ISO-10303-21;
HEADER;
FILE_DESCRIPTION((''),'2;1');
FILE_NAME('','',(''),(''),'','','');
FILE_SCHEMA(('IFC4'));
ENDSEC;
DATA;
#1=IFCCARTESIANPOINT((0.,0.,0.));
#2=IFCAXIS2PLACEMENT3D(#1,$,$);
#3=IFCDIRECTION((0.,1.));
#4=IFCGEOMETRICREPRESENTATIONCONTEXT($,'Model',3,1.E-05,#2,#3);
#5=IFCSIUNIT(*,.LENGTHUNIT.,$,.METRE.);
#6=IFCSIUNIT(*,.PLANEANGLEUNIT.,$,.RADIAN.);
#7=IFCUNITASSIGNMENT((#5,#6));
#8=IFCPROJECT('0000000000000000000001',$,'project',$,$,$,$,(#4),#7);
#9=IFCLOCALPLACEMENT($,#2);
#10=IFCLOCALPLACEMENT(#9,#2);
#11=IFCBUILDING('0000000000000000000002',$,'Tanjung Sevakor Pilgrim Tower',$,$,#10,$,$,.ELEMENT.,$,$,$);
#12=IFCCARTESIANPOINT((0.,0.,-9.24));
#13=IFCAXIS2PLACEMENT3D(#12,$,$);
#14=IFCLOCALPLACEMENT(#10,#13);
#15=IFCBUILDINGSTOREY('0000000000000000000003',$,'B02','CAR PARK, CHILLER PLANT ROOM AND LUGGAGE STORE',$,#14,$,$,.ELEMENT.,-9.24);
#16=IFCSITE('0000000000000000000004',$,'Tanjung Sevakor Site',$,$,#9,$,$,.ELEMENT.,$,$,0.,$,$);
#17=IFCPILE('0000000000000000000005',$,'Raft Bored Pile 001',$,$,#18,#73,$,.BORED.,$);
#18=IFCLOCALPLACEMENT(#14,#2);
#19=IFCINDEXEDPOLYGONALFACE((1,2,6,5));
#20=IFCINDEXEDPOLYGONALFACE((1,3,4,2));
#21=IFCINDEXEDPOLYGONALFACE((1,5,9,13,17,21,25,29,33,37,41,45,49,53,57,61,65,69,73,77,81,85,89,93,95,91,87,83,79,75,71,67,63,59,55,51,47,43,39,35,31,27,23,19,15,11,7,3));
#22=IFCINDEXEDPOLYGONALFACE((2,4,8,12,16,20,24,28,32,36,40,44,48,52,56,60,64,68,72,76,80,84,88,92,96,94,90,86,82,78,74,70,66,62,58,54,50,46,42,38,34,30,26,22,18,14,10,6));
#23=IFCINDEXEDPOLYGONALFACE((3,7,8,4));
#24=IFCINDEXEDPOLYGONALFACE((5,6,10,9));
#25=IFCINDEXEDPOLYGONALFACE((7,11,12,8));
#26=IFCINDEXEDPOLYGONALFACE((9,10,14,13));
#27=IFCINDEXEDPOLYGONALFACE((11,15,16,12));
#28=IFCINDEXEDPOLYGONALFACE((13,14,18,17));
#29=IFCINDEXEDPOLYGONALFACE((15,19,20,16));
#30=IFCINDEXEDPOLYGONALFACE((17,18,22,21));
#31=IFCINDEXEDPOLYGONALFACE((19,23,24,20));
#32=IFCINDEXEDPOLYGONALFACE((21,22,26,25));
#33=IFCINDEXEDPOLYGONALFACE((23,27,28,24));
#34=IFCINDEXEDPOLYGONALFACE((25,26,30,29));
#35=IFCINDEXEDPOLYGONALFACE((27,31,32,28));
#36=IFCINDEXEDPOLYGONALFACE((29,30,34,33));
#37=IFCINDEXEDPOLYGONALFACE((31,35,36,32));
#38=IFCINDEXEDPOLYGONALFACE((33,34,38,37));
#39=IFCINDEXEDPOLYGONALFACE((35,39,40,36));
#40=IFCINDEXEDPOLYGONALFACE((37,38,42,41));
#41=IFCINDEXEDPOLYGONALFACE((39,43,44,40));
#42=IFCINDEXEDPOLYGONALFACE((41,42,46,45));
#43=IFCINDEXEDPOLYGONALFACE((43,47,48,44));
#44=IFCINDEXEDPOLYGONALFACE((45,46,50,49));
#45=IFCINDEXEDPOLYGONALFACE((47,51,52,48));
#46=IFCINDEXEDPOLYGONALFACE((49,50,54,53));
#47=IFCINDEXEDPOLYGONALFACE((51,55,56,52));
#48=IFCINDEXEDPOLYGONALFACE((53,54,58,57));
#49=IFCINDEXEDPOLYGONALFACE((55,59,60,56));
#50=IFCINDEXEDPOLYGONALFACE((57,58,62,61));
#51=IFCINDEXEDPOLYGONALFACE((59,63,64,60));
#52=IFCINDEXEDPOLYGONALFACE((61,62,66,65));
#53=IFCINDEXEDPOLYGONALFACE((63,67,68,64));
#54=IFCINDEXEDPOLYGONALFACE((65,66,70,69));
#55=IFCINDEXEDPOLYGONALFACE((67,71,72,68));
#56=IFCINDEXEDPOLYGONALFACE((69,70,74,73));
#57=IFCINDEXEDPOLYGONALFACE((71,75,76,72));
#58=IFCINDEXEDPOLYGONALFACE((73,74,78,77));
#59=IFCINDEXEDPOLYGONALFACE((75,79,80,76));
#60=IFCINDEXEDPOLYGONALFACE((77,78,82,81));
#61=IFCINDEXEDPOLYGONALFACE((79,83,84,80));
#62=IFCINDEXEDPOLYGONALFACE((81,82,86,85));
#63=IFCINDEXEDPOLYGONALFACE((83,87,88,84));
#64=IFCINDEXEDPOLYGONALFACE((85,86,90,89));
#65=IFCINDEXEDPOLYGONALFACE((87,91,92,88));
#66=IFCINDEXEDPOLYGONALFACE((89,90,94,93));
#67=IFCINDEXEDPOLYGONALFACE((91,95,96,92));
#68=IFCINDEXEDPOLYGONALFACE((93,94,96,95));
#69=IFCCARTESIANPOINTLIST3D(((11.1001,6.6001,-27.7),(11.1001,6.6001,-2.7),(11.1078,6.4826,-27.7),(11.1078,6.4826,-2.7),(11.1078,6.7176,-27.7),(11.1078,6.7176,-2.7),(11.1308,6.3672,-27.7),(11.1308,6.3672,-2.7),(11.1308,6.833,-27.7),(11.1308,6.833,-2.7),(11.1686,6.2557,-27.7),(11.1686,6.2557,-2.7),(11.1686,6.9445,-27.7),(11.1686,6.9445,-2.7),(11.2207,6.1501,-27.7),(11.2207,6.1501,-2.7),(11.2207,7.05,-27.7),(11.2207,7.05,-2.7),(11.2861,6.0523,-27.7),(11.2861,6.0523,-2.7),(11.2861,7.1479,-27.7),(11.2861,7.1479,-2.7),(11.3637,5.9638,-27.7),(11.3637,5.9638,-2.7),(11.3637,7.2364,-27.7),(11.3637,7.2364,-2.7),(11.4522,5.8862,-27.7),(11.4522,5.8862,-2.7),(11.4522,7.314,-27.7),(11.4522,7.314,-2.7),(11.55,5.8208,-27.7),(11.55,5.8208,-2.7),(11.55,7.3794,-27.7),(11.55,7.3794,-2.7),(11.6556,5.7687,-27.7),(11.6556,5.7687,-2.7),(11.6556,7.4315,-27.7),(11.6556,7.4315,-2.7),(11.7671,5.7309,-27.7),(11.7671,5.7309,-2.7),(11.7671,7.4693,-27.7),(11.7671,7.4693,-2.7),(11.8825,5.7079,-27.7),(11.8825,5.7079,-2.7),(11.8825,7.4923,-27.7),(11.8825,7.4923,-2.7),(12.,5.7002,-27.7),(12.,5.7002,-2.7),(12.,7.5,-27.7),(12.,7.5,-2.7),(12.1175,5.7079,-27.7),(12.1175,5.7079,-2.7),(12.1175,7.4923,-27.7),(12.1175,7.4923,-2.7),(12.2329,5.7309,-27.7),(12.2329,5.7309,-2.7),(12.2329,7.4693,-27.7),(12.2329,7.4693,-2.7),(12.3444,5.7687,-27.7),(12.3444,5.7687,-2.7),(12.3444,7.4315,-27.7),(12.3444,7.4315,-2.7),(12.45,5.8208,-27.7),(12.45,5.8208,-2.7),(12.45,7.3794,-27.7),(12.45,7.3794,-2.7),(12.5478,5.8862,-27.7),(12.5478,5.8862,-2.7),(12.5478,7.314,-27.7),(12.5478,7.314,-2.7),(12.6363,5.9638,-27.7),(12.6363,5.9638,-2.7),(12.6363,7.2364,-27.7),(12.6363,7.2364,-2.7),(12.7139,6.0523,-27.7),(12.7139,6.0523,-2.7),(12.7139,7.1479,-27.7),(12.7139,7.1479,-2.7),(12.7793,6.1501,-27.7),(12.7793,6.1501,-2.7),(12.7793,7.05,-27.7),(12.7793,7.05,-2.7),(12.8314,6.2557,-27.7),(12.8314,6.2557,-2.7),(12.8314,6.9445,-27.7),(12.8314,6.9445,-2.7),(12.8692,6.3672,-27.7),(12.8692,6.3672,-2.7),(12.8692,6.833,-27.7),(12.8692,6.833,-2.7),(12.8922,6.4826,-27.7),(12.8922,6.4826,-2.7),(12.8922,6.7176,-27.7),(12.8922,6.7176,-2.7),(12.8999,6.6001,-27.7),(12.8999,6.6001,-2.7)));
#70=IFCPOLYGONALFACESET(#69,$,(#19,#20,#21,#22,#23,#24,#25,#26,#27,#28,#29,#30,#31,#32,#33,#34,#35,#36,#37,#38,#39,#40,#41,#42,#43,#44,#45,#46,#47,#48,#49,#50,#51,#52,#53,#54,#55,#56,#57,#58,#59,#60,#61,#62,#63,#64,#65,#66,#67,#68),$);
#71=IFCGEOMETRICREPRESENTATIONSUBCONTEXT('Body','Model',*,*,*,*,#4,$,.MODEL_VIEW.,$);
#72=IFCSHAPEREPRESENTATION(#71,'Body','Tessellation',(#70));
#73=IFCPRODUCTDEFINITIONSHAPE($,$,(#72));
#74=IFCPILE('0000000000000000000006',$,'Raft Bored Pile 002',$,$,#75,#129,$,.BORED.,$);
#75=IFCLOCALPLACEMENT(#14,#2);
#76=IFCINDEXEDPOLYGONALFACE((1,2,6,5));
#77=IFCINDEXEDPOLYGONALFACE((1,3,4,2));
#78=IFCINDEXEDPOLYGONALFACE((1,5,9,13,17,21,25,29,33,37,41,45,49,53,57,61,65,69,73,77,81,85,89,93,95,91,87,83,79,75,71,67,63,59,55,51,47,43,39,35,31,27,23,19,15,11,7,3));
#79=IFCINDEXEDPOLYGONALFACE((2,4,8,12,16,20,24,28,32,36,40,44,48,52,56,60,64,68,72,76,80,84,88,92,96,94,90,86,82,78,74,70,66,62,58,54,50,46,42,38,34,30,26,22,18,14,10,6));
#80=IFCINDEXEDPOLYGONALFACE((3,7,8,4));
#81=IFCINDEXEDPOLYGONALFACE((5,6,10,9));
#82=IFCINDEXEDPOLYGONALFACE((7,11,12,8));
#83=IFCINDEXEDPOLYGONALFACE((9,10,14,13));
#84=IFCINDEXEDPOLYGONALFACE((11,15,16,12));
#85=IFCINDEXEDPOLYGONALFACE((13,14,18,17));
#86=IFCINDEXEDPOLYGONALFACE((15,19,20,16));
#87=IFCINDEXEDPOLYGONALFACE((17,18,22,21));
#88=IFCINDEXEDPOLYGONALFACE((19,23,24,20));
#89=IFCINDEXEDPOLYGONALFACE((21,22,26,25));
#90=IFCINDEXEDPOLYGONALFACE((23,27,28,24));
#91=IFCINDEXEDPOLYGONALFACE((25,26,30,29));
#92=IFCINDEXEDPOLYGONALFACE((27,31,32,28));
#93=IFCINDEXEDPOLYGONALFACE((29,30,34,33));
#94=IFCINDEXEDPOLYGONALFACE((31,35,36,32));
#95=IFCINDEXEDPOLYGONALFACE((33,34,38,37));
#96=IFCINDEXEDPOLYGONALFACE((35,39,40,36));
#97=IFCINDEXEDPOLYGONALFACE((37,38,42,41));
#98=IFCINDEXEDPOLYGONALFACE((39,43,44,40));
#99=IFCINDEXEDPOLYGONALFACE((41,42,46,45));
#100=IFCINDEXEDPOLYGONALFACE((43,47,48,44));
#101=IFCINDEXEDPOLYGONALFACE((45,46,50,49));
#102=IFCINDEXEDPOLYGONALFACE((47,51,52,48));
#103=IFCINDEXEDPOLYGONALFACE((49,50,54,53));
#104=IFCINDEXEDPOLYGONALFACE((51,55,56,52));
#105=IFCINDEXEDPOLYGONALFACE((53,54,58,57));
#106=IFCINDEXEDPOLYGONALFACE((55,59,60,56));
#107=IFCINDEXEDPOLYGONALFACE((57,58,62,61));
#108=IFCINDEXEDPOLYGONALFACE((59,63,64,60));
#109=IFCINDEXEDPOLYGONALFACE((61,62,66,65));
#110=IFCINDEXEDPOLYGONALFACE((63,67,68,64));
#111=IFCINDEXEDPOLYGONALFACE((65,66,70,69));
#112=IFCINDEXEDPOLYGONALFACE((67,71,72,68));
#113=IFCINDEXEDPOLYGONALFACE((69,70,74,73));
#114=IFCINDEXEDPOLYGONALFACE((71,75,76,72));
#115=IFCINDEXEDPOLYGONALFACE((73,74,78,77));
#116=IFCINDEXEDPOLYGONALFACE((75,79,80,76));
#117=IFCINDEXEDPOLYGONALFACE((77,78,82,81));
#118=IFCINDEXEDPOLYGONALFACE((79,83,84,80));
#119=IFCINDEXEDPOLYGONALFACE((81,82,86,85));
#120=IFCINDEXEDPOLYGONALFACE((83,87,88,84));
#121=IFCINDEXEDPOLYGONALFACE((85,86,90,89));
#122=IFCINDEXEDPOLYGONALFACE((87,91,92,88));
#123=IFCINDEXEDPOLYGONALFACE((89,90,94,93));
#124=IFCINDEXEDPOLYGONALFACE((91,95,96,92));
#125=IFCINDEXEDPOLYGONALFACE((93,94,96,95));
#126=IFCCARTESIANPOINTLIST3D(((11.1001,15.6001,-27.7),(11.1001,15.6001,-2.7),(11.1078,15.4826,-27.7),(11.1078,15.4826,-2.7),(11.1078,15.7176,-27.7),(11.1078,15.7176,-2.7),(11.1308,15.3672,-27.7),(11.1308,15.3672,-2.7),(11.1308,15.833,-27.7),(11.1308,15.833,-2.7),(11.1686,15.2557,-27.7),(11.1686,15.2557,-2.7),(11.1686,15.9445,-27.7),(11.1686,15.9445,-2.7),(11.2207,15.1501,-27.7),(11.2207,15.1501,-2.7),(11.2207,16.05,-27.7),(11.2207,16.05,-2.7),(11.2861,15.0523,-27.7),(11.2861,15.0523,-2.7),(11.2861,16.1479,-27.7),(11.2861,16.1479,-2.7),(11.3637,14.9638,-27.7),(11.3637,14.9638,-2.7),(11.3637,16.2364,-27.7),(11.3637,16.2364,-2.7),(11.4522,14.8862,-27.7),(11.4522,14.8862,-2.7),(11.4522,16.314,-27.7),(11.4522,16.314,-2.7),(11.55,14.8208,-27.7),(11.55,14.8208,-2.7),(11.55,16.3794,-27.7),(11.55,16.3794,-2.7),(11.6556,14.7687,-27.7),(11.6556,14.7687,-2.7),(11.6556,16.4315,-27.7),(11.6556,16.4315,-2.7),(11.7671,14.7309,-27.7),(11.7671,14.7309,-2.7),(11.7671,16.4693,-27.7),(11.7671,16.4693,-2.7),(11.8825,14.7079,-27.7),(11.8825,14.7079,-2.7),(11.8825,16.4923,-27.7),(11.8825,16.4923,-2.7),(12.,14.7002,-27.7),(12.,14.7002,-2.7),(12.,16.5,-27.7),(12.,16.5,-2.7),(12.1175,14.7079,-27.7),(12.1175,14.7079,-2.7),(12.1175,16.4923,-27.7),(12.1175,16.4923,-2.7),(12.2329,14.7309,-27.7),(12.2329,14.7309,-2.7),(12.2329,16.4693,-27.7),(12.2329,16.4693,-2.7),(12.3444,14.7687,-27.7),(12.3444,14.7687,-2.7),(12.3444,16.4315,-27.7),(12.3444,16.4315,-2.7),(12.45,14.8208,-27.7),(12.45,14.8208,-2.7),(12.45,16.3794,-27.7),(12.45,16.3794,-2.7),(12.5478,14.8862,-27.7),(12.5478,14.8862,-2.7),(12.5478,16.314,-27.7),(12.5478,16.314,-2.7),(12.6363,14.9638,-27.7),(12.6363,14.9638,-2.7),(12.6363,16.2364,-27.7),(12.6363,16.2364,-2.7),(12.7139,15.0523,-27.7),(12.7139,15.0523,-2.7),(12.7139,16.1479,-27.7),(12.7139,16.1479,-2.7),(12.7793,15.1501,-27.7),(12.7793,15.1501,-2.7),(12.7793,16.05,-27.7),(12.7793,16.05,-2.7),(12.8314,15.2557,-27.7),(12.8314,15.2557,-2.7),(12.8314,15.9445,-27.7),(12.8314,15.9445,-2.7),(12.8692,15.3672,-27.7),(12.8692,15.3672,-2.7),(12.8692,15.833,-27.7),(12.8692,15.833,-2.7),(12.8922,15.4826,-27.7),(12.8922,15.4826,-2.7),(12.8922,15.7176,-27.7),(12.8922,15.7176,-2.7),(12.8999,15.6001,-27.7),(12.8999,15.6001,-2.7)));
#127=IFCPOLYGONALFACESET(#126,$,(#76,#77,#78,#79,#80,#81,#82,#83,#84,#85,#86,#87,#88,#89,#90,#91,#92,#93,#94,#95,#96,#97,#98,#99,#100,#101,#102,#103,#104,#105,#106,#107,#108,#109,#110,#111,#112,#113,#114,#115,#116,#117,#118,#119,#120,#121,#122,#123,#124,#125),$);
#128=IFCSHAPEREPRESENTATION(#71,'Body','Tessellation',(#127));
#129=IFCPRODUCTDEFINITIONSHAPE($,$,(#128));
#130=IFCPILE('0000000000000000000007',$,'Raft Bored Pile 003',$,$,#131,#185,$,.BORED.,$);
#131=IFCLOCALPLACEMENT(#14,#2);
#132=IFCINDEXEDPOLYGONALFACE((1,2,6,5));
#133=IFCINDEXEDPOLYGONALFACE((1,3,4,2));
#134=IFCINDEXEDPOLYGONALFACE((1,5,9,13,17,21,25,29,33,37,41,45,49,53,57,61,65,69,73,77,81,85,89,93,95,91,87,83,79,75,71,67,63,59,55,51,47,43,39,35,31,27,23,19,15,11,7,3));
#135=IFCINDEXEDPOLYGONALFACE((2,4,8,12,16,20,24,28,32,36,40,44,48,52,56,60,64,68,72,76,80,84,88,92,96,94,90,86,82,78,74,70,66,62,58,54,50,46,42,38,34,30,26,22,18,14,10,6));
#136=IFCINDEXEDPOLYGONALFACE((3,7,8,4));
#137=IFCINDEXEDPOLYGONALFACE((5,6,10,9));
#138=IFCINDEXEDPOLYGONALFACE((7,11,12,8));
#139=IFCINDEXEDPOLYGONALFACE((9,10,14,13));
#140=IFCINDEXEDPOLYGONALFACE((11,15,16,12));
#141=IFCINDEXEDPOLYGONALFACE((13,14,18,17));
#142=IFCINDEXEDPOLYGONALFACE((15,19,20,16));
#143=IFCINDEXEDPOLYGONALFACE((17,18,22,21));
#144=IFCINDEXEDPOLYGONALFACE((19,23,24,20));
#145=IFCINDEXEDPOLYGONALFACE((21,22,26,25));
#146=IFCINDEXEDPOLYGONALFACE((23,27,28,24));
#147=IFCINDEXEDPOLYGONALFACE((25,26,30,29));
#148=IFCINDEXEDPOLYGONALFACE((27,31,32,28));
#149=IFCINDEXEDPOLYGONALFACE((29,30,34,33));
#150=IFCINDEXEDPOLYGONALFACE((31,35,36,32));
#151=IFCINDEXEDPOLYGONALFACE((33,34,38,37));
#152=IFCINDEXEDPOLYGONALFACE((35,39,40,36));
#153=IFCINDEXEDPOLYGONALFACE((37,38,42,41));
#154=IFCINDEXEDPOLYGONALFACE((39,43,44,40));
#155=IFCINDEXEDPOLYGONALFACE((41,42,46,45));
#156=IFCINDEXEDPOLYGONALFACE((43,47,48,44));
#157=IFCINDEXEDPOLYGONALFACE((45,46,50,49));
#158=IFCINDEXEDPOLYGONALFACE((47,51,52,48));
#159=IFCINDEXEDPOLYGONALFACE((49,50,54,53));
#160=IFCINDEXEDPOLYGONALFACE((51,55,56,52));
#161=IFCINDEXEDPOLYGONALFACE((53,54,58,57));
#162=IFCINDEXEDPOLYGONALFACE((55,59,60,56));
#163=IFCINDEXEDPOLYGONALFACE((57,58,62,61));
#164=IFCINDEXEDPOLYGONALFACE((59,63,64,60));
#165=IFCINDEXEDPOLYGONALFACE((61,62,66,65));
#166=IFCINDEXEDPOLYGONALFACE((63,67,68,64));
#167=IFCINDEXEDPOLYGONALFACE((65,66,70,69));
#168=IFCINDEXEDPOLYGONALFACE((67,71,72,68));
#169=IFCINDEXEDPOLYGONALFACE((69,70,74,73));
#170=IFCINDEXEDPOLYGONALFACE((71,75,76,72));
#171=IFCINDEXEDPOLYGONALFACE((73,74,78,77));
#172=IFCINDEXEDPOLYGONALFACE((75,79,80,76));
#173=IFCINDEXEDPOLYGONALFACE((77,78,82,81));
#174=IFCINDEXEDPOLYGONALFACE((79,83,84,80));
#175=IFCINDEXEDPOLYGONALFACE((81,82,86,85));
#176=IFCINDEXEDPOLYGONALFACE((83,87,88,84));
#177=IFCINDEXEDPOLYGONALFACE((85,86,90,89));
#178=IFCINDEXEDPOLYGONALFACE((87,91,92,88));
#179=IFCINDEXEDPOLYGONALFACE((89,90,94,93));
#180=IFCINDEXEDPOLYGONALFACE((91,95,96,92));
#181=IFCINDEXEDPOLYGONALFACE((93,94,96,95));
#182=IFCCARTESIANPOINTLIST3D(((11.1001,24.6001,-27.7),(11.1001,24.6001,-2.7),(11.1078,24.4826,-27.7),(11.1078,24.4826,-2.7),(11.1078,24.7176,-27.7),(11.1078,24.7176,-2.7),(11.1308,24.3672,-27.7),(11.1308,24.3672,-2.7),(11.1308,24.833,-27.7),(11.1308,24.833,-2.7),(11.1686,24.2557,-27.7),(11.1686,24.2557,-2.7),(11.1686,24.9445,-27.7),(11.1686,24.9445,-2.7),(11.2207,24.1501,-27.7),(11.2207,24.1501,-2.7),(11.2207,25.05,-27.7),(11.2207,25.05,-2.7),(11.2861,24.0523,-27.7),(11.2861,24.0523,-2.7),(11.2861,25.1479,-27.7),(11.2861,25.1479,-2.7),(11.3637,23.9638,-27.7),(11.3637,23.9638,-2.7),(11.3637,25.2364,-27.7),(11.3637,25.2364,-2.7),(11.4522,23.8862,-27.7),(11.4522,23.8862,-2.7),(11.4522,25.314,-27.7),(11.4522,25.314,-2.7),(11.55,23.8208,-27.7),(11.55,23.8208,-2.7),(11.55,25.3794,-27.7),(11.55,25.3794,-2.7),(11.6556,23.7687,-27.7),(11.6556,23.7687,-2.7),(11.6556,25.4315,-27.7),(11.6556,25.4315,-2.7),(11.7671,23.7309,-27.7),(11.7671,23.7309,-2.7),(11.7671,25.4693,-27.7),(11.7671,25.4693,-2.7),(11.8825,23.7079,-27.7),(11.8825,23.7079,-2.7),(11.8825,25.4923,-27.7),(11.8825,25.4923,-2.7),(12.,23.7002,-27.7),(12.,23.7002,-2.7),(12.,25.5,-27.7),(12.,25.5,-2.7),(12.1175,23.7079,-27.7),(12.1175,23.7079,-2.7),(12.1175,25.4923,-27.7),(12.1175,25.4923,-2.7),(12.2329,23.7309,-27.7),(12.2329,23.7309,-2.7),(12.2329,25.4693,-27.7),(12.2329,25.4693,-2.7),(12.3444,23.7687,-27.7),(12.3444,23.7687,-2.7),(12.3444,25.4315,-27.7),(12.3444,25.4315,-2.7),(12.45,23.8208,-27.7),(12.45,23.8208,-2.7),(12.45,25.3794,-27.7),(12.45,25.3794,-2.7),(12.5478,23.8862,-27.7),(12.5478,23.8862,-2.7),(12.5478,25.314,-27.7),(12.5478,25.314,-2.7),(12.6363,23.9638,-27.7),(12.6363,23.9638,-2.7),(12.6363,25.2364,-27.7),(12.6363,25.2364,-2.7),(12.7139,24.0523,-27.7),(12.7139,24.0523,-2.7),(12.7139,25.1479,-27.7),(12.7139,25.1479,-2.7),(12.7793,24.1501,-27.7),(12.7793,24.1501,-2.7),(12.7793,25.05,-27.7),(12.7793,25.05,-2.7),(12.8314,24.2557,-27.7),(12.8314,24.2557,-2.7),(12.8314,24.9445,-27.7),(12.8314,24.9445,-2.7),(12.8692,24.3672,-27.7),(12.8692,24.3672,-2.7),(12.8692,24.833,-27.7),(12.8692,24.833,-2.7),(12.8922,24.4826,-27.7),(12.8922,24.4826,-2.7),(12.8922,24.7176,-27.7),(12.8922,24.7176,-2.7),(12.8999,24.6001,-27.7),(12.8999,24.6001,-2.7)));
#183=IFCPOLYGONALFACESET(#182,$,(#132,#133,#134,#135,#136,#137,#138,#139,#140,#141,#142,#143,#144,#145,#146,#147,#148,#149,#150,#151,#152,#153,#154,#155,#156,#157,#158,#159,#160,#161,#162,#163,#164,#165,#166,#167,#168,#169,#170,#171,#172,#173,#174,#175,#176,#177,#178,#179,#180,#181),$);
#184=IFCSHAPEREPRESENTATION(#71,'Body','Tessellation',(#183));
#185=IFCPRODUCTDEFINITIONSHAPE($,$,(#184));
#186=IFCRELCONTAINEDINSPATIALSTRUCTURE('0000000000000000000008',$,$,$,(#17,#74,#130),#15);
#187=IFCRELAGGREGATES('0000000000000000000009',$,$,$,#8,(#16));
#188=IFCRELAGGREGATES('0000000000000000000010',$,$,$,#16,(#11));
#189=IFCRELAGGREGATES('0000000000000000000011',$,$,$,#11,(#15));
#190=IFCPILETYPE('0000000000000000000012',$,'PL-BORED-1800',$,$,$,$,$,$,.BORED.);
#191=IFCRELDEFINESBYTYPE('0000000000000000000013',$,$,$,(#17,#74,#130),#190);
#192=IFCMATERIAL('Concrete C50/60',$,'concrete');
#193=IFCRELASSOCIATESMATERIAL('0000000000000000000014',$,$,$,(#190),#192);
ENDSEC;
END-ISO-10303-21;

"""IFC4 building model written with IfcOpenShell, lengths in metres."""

from ifc_helpers import new_model, si_unit, direction, frame, origin, origin_2d, place, context, subcontext, project, spatial, circle, extrude, material, material_profile, profile_set, type_object, element, save


model = new_model("IFC4")

# Units and contexts
model_context = context("Model", 3, precision=1e-05, world=origin(), true_north=direction((0.0, 1.0)))
body_context = subcontext(model_context, "Body", "Model", "MODEL_VIEW")
ifc_project = project(units=[si_unit("LENGTHUNIT", "METRE"), si_unit("PLANEANGLEUNIT", "RADIAN")], contexts=[model_context])

# Site, building, storey
site_placement = place(None, origin())
site = spatial("IfcSite", under=ifc_project, at=site_placement, Name="Tanjung Sevakor Site", CompositionType="ELEMENT", RefElevation=0.0)
building_placement = place(site_placement, origin())
building = spatial("IfcBuilding", under=site, at=building_placement, Name="Tanjung Sevakor Pilgrim Tower", CompositionType="ELEMENT")
storey_placement = place(building_placement, frame((0.0, 0.0, -9.24)))
storey = spatial("IfcBuildingStorey", under=building, at=storey_placement, Name="B02", Description="CAR PARK, CHILLER PLANT ROOM AND LUGGAGE STORE", CompositionType="ELEMENT", Elevation=-9.24)

# Piles
ifc_material_1 = material(Name="Concrete C50/60", Category="concrete")
ifc_material_profile_1 = material_profile(ifc_material_1, circle(Radius=0.8999, at=origin_2d()))
ifc_profile_set_1 = profile_set([ifc_material_profile_1], Name="Concrete C50/60")
pile_type = type_object("IfcPileType", Name="PL-BORED-1800", PredefinedType="BORED", material=ifc_profile_set_1)
for number, where, z_axis, x_axis, name in (
    (1, (12.0, 6.6001, -2.7), (0.0, 0.0, -1.0), (1.0, 0.0, 0.0), "Raft Bored Pile 001"),
    (2, (12.0, 15.6001, -2.7), (0.0, 0.0, -1.0), (1.0, 0.0, 0.0), "Raft Bored Pile 002"),
    (3, (12.0, 24.6001, -2.7), (0.0, 0.0, -1.0), (1.0, 0.0, 0.0), "Raft Bored Pile 003"),
):
    element("IfcPile", number, at=place(storey_placement, frame(where, z_axis=z_axis, x_axis=x_axis)), inside=storey, type_object=pile_type, Name=name, PredefinedType="BORED", context=body_context, shape_type="SweptSolid", body=[
        extrude(circle(Radius=0.8999, at=origin_2d()), origin(), (0.0, 0.0, 1.0), 25.0),
    ])

save(model, "model.ifc")
